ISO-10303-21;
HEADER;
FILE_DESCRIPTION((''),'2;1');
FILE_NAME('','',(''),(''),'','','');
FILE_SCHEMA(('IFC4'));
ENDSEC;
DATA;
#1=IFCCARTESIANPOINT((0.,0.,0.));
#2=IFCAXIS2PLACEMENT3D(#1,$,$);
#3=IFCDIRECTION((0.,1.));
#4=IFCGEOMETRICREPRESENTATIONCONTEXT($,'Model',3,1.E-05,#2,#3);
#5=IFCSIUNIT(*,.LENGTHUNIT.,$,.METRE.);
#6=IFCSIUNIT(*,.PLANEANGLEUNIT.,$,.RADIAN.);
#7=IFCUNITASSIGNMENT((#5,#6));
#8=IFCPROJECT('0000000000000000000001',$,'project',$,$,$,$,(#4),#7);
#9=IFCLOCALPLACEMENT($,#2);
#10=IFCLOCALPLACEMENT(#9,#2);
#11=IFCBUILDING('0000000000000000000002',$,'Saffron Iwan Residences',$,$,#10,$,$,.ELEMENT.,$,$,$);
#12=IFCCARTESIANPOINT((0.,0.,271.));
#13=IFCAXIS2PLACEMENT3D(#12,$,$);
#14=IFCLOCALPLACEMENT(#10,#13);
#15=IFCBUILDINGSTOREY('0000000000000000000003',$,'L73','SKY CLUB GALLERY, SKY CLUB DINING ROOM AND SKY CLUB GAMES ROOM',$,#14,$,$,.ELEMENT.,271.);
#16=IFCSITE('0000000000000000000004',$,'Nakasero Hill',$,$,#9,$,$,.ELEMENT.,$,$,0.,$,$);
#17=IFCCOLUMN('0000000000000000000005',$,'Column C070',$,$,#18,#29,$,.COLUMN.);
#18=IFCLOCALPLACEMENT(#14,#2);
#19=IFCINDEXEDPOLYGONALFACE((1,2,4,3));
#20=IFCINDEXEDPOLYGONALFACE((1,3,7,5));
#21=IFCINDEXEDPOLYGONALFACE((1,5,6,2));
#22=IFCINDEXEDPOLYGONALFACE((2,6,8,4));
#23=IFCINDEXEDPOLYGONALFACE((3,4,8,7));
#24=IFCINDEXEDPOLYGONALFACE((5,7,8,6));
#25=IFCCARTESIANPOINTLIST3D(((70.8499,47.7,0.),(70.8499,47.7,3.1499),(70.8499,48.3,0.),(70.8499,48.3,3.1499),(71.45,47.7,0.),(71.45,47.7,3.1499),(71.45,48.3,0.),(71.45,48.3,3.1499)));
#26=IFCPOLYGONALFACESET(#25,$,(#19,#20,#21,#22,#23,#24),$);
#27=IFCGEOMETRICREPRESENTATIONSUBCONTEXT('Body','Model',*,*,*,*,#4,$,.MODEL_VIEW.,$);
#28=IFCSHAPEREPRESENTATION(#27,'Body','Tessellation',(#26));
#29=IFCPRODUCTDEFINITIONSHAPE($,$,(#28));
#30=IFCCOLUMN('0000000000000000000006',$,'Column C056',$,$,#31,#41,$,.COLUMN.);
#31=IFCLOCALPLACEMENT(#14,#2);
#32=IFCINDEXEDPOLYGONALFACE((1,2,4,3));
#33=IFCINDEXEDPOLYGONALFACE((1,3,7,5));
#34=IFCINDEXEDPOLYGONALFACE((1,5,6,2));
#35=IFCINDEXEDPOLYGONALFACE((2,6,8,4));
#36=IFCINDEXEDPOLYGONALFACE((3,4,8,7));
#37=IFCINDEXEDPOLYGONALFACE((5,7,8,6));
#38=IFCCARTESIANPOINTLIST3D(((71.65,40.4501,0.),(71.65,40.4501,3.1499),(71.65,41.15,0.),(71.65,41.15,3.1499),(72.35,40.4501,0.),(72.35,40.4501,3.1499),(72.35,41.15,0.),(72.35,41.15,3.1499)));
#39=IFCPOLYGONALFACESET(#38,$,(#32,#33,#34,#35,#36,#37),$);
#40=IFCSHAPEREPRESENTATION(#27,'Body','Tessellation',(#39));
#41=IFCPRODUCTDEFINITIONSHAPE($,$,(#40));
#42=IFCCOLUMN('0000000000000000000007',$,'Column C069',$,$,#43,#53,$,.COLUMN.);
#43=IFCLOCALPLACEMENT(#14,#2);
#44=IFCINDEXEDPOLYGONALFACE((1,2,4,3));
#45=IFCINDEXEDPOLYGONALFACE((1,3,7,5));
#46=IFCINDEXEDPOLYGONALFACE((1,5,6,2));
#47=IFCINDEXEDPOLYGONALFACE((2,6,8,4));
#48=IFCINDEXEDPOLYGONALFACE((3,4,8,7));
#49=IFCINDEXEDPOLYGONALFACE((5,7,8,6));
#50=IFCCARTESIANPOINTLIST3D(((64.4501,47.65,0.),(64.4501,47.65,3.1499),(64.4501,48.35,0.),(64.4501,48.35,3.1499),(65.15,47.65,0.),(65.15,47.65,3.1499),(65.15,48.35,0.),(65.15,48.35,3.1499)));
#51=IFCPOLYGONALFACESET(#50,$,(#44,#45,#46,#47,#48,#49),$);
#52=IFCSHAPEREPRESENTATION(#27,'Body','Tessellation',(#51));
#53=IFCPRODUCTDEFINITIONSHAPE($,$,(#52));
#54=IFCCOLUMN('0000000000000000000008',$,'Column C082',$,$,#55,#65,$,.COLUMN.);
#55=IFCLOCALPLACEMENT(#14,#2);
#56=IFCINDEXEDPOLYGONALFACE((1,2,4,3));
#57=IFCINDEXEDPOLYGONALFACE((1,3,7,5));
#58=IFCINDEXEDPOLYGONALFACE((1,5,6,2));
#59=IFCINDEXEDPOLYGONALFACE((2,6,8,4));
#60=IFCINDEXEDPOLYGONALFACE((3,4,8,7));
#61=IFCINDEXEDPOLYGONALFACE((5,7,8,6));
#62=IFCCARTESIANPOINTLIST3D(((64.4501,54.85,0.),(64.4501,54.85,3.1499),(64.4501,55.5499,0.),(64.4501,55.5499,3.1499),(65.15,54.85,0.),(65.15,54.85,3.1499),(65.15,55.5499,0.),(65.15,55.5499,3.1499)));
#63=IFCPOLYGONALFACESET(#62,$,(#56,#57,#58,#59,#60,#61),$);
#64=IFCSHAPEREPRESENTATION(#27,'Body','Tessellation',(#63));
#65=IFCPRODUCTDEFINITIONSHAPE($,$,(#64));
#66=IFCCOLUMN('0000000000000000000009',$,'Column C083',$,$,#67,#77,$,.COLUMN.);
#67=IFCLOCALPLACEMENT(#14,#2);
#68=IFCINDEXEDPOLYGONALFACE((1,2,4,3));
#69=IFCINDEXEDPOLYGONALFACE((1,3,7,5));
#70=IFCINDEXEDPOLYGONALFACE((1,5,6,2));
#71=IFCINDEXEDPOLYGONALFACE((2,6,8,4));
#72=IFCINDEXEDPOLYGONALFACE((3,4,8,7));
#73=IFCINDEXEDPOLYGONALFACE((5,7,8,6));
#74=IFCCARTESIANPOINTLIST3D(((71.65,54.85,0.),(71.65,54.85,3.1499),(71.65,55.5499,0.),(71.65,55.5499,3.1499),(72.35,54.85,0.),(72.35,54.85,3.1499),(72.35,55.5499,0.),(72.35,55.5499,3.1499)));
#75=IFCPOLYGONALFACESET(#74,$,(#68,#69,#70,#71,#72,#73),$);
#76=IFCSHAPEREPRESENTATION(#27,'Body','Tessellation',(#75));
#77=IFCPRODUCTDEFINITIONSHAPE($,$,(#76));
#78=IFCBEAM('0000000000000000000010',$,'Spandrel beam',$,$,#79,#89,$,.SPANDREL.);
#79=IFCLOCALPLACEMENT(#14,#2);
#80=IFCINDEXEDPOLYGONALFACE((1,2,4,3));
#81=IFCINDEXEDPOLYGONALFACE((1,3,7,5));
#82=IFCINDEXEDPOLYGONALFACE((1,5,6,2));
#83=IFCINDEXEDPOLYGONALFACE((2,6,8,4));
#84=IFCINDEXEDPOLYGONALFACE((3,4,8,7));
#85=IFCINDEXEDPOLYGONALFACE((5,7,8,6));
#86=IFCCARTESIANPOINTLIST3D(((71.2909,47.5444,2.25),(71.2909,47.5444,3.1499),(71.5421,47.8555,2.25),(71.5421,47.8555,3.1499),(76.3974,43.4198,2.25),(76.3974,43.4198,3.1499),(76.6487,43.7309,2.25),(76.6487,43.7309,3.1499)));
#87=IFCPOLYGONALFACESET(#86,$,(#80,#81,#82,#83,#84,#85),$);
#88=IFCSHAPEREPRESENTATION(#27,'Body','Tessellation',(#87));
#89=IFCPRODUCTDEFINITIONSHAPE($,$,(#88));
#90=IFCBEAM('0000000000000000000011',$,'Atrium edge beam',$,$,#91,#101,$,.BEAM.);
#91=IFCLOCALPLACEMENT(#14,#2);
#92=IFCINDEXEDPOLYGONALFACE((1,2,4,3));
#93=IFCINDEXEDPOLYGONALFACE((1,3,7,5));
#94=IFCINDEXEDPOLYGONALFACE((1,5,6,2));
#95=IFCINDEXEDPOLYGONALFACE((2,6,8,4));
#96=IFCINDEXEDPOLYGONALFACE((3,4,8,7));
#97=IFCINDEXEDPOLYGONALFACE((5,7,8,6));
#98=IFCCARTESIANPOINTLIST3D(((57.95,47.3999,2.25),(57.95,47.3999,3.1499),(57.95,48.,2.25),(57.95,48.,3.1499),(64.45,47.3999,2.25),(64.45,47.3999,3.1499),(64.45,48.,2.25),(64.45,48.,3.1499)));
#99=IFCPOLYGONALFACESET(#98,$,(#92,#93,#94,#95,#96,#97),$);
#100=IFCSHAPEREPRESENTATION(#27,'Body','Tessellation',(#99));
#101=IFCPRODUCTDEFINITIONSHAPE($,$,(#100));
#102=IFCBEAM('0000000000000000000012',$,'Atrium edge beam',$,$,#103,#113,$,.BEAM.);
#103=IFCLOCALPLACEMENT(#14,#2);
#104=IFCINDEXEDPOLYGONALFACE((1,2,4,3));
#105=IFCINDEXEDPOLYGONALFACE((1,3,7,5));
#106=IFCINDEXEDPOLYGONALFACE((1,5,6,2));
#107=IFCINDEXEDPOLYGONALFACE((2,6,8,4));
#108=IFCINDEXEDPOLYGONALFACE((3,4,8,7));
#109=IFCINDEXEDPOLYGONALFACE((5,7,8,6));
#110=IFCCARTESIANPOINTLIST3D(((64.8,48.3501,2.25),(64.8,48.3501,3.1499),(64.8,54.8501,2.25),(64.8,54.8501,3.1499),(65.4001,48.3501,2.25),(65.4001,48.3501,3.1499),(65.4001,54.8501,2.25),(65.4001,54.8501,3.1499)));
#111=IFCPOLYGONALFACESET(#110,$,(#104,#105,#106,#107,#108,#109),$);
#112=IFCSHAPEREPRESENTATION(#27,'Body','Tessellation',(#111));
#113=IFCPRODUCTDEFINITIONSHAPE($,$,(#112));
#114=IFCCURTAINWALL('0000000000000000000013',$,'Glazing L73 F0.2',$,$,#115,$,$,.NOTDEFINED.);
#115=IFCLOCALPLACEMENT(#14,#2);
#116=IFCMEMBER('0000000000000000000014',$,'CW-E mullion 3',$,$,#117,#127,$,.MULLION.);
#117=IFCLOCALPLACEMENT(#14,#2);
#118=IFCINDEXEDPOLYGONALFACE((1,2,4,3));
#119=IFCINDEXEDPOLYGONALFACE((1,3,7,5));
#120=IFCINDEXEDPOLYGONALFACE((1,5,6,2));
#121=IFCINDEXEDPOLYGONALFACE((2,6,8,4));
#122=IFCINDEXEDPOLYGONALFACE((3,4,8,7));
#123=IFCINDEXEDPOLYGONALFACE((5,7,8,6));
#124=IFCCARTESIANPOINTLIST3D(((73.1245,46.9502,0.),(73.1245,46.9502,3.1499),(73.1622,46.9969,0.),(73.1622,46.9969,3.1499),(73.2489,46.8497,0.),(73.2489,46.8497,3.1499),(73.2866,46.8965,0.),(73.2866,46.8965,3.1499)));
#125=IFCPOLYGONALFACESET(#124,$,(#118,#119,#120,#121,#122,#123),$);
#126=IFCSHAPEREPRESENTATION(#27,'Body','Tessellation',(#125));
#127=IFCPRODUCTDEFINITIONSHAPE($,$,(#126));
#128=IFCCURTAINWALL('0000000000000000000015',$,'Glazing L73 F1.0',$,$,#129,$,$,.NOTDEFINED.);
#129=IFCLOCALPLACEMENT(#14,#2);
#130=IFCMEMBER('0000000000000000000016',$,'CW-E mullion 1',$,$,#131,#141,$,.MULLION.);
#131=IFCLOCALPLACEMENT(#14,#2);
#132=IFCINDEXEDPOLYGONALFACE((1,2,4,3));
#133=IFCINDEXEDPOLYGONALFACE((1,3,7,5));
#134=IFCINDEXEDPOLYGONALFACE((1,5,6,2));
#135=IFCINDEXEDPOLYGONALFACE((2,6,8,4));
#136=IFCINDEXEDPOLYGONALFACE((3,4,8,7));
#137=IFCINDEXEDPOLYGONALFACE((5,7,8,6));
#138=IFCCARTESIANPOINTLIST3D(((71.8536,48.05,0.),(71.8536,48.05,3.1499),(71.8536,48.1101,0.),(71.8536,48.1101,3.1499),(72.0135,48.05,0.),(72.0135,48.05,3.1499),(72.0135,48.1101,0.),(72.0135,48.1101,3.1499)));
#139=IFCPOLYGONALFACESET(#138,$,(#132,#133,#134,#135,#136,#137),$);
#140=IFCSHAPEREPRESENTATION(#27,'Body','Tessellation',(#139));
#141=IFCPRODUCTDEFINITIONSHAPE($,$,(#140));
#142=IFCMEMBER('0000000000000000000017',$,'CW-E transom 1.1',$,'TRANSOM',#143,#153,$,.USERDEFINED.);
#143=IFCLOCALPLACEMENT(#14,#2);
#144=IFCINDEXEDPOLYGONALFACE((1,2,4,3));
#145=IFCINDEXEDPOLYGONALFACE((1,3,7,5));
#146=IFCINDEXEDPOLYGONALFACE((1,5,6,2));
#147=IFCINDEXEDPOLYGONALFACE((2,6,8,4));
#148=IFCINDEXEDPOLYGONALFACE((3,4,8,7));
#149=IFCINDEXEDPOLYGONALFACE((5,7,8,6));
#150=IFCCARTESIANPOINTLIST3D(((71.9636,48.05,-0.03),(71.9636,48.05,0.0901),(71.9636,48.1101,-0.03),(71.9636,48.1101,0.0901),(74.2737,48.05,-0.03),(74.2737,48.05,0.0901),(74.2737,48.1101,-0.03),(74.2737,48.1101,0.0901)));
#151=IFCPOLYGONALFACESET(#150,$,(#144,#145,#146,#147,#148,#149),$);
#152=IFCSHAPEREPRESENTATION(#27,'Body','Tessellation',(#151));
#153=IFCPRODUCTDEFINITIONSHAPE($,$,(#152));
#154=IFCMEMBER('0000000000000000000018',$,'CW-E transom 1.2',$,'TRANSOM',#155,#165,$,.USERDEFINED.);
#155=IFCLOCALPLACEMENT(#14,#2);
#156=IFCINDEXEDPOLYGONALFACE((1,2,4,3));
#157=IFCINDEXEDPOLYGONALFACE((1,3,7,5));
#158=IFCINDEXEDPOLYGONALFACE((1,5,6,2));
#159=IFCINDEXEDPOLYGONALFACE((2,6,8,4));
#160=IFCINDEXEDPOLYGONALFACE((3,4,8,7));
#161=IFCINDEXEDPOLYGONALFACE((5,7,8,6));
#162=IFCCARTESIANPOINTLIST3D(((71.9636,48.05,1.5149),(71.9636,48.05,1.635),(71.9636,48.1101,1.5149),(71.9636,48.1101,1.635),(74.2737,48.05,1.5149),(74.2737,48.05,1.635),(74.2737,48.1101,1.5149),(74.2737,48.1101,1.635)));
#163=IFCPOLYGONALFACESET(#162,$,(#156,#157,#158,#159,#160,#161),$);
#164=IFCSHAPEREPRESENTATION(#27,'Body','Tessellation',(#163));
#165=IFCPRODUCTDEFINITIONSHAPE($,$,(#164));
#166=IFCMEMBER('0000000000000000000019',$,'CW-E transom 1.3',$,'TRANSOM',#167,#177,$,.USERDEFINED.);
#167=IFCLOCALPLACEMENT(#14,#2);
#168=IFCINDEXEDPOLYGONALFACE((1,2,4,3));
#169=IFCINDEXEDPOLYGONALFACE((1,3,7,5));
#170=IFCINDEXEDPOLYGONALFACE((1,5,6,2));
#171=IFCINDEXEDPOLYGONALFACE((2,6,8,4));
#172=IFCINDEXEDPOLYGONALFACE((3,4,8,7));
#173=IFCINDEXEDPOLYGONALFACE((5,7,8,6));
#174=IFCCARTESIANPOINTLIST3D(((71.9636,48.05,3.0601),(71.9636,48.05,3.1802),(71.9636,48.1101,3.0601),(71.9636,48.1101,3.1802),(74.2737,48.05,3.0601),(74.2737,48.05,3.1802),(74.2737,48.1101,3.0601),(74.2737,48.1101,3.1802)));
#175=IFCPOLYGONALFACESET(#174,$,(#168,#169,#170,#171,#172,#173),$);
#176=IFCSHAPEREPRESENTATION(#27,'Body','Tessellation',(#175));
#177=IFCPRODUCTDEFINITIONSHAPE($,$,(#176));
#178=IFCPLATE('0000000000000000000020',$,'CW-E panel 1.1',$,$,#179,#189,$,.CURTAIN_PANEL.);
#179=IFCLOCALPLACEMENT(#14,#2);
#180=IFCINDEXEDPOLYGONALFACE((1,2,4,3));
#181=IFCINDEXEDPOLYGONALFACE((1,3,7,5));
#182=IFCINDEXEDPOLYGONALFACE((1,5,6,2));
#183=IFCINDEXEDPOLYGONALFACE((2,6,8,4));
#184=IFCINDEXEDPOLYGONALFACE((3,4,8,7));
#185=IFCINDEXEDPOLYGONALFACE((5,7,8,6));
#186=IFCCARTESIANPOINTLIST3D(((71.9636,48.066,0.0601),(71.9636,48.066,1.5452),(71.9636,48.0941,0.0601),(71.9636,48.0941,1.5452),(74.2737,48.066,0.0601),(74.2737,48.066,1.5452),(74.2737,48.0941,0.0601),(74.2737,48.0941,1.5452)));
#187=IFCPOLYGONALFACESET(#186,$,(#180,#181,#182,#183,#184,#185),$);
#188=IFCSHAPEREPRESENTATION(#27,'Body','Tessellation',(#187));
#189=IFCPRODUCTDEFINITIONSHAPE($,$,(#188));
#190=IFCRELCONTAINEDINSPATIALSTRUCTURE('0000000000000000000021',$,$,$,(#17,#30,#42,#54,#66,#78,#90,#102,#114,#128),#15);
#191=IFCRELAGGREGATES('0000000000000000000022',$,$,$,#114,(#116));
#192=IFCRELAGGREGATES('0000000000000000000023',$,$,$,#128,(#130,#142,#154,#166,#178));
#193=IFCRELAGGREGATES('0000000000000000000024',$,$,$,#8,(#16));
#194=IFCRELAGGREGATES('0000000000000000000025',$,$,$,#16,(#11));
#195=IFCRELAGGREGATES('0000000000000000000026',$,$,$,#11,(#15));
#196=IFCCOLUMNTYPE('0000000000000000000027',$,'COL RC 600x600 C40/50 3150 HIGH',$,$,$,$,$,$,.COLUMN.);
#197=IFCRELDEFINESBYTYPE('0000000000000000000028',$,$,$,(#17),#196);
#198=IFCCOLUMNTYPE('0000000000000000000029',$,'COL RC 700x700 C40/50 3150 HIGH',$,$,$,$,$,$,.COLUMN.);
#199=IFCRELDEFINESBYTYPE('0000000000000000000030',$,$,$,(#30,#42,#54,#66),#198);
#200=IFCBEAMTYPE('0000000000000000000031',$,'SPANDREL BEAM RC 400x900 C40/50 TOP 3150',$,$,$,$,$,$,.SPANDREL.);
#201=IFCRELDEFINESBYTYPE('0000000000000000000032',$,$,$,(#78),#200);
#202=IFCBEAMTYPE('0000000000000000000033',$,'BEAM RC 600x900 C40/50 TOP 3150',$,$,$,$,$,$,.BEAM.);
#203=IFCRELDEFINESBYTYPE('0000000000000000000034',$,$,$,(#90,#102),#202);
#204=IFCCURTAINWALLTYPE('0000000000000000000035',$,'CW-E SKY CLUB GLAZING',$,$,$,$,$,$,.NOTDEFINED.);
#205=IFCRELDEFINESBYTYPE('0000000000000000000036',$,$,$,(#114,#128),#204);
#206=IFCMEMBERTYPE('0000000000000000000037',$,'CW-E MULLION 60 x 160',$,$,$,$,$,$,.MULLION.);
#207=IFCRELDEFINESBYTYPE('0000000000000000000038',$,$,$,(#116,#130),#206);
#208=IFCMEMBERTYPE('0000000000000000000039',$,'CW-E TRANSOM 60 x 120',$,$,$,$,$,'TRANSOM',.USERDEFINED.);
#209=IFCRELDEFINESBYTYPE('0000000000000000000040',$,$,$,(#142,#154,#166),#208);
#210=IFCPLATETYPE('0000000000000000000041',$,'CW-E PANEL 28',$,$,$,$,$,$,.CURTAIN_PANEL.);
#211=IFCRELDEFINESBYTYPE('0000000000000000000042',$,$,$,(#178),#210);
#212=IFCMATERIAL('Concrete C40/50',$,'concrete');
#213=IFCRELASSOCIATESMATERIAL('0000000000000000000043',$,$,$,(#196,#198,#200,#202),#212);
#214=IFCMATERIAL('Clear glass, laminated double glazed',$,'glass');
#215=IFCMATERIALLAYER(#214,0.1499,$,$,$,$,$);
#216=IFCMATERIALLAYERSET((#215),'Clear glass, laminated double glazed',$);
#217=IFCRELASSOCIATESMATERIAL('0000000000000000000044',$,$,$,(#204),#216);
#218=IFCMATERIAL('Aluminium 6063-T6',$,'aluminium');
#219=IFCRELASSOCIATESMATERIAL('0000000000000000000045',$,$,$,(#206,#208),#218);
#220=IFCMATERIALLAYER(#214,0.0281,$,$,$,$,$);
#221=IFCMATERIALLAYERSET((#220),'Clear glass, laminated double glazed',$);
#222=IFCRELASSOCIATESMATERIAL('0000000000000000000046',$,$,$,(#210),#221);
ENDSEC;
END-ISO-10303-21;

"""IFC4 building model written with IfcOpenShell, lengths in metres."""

from ifc_helpers import new_model, si_unit, direction, frame, origin, origin_2d, place, context, subcontext, project, spatial, rectangle, extrude, source, transform, mapped, material, layer, layer_set, material_profile, profile_set, type_object, element, aggregate, save


model = new_model("IFC4")

# Units and contexts
model_context = context("Model", 3, precision=1e-05, world=origin(), true_north=direction((0.0, 1.0)))
body_context = subcontext(model_context, "Body", "Model", "MODEL_VIEW")
ifc_project = project(units=[si_unit("LENGTHUNIT", "METRE"), si_unit("PLANEANGLEUNIT", "RADIAN")], contexts=[model_context])

# Site, building, storey
site_placement = place(None, origin())
site = spatial("IfcSite", under=ifc_project, at=site_placement, Name="Nakasero Hill", CompositionType="ELEMENT", RefElevation=0.0)
building_placement = place(site_placement, origin())
building = spatial("IfcBuilding", under=site, at=building_placement, Name="Saffron Iwan Residences", CompositionType="ELEMENT")
storey_placement = place(building_placement, frame((0.0, 0.0, 271.0)))
storey = spatial("IfcBuildingStorey", under=building, at=storey_placement, Name="L73", Description="SKY CLUB GALLERY, SKY CLUB DINING ROOM AND SKY CLUB GAMES ROOM", CompositionType="ELEMENT", Elevation=271.0)

# Columns
ifc_material_1 = material(Name="Concrete C40/50", Category="concrete")
ifc_material_profile_1 = material_profile(ifc_material_1, rectangle(XDim=0.6001, YDim=0.6001, at=origin_2d()), Name="RC 600x600")
ifc_profile_set_1 = profile_set([ifc_material_profile_1], Name="Concrete C40/50")
column_type_1 = type_object("IfcColumnType", Name="COL RC 600x600 C40/50 3150 HIGH", PredefinedType="COLUMN", material=ifc_profile_set_1)
shared_shape_1 = source(origin(), body_context, "Body", "SweptSolid", [
    extrude(rectangle(XDim=0.6001, YDim=0.6001, at=origin_2d()), origin(), (0.0, 0.0, 1.0), 3.1499),
])
column_placement = place(storey_placement, frame((71.1499, 48.0, 0.0), z_axis=(0.0, 0.0, 1.0), x_axis=(1.0, 0.0, 0.0)))
element("IfcColumn", 1, at=column_placement, inside=storey, type_object=column_type_1, Name="Column C070", PredefinedType="COLUMN", context=body_context, shape_type="MappedRepresentation", body=[
    mapped(shared_shape_1, transform((0.0, 0.0, 0.0))),
])
ifc_material_profile_2 = material_profile(ifc_material_1, rectangle(XDim=0.7, YDim=0.7, at=origin_2d()), Name="RC 700x700")
ifc_profile_set_2 = profile_set([ifc_material_profile_2], Name="Concrete C40/50")
column_type_2 = type_object("IfcColumnType", Name="COL RC 700x700 C40/50 3150 HIGH", PredefinedType="COLUMN", material=ifc_profile_set_2)
shared_shape_2 = source(origin(), body_context, "Body", "SweptSolid", [
    extrude(rectangle(XDim=0.7, YDim=0.7, at=origin_2d()), origin(), (0.0, 0.0, 1.0), 3.1499),
])
for number, where, z_axis, x_axis, name in (
    (2, (72.0, 40.8, 0.0), (0.0, 0.0, 1.0), (1.0, 0.0, 0.0), "Column C056"),
    (3, (64.8, 48.0, 0.0), (0.0, 0.0, 1.0), (1.0, 0.0, 0.0), "Column C069"),
    (4, (64.8, 55.2, 0.0), (0.0, 0.0, 1.0), (1.0, 0.0, 0.0), "Column C082"),
    (5, (72.0, 55.2, 0.0), (0.0, 0.0, 1.0), (1.0, 0.0, 0.0), "Column C083"),
):
    element("IfcColumn", number, at=place(storey_placement, frame(where, z_axis=z_axis, x_axis=x_axis)), inside=storey, type_object=column_type_2, Name=name, PredefinedType="COLUMN", context=body_context, shape_type="MappedRepresentation", body=[
        mapped(shared_shape_2, transform((0.0, 0.0, 0.0))),
    ])

# Beams
ifc_material_profile_3 = material_profile(ifc_material_1, rectangle(XDim=0.3999, YDim=0.8999, at=origin_2d()), Name="RC 400x900")
ifc_profile_set_3 = profile_set([ifc_material_profile_3], Name="Concrete C40/50")
beam_type_1 = type_object("IfcBeamType", Name="SPANDREL BEAM RC 400x900 C40/50 TOP 3150", PredefinedType="SPANDREL", material=ifc_profile_set_3)
shared_shape_3 = source(origin(), body_context, "Body", "SweptSolid", [
    extrude(rectangle(XDim=0.3999, YDim=0.8999, at=origin_2d()), origin(), (0.0, 0.0, 1.0), 6.5642),
])
beam_placement = place(storey_placement, frame((71.4165, 47.7, 2.7), z_axis=(0.777936, -0.628344, 0.0), x_axis=(0.628344, 0.777936, 0.0)))
element("IfcBeam", 6, at=beam_placement, inside=storey, type_object=beam_type_1, Name="Spandrel beam", PredefinedType="SPANDREL", context=body_context, shape_type="MappedRepresentation", body=[
    mapped(shared_shape_3, transform((0.0, 0.0, 0.0))),
])
ifc_material_profile_4 = material_profile(ifc_material_1, rectangle(XDim=0.6001, YDim=0.8999, at=origin_2d()), Name="RC 600x900")
ifc_profile_set_4 = profile_set([ifc_material_profile_4], Name="Concrete C40/50")
beam_type_2 = type_object("IfcBeamType", Name="BEAM RC 600x900 C40/50 TOP 3150", PredefinedType="BEAM", material=ifc_profile_set_4)
shared_shape_4 = source(origin(), body_context, "Body", "SweptSolid", [
    extrude(rectangle(XDim=0.6001, YDim=0.8999, at=origin_2d()), origin(), (0.0, 0.0, 1.0), 6.5),
])
for number, where, z_axis, x_axis, name in (
    (7, (64.45, 47.7, 2.7), (-1.0, 0.0, 0.0), (0.0, -1.0, 0.0), "Atrium edge beam"),
    (8, (65.1001, 54.8501, 2.7), (0.0, -1.0, 0.0), (1.0, 0.0, 0.0), "Atrium edge beam"),
):
    element("IfcBeam", number, at=place(storey_placement, frame(where, z_axis=z_axis, x_axis=x_axis)), inside=storey, type_object=beam_type_2, Name=name, PredefinedType="BEAM", context=body_context, shape_type="MappedRepresentation", body=[
        mapped(shared_shape_4, transform((0.0, 0.0, 0.0))),
    ])

# Curtain wall, member
ifc_material_2 = material(Name="Clear glass, laminated double glazed", Category="glass")
ifc_layer_1 = layer(ifc_material_2, 0.1499)
ifc_layer_set_1 = layer_set([ifc_layer_1], Name="Clear glass, laminated double glazed")
curtain_wall_type = type_object("IfcCurtainWallType", Name="CW-E SKY CLUB GLAZING", PredefinedType="NOTDEFINED", material=ifc_layer_set_1)
curtain_wall_1_placement = place(storey_placement, origin())
curtain_wall_1 = element("IfcCurtainWall", 9, at=curtain_wall_1_placement, inside=storey, type_object=curtain_wall_type, Name="Glazing L73 F0.2", PredefinedType="NOTDEFINED")
ifc_material_3 = material(Name="Aluminium 6063-T6", Category="aluminium")
ifc_material_profile_5 = material_profile(ifc_material_3, rectangle(XDim=0.0601, YDim=0.1599, at=origin_2d()), Name="CW-E MULLION 60 x 160")
ifc_profile_set_5 = profile_set([ifc_material_profile_5], Name="Aluminium 6063-T6")
member_type_1 = type_object("IfcMemberType", Name="CW-E MULLION 60 x 160", PredefinedType="MULLION", material=ifc_profile_set_5)
shared_shape_5 = source(origin(), body_context, "Body", "SweptSolid", [
    extrude(rectangle(XDim=0.0601, YDim=0.1599, at=origin_2d()), origin(), (0.0, 0.0, 1.0), 3.1499),
])
member_1_placement = place(storey_placement, frame((73.2056, 46.9233, 0.0), z_axis=(0.0, 0.0, 1.0), x_axis=(-0.628337, -0.777941, 0.0)))
member_1 = element("IfcMember", 10, at=member_1_placement, type_object=member_type_1, Name="CW-E mullion 3", PredefinedType="MULLION", context=body_context, shape_type="MappedRepresentation", body=[
    mapped(shared_shape_5, transform((0.0, 0.0, 0.0))),
])
aggregate(curtain_wall_1, [member_1])

# Curtain wall, members, plate
curtain_wall_2_placement = place(storey_placement, origin())
curtain_wall_2 = element("IfcCurtainWall", 11, at=curtain_wall_2_placement, inside=storey, type_object=curtain_wall_type, Name="Glazing L73 F1.0", PredefinedType="NOTDEFINED")
member_2_placement = place(storey_placement, frame((71.9336, 48.0801, 0.0), z_axis=(0.0, 0.0, 1.0), x_axis=(0.0, 1.0, 0.0)))
member_2 = element("IfcMember", 12, at=member_2_placement, type_object=member_type_1, Name="CW-E mullion 1", PredefinedType="MULLION", context=body_context, shape_type="MappedRepresentation", body=[
    mapped(shared_shape_5, transform((0.0, 0.0, 0.0))),
])
ifc_material_profile_6 = material_profile(ifc_material_3, rectangle(XDim=0.0601, YDim=0.1201, at=origin_2d()), Name="CW-E TRANSOM 60 x 120")
ifc_profile_set_6 = profile_set([ifc_material_profile_6], Name="Aluminium 6063-T6")
member_type_2 = type_object("IfcMemberType", Name="CW-E TRANSOM 60 x 120", ElementType="TRANSOM", PredefinedType="USERDEFINED", material=ifc_profile_set_6)
shared_shape_6 = source(origin(), body_context, "Body", "SweptSolid", [
    extrude(rectangle(XDim=0.0601, YDim=0.1201, at=origin_2d()), origin(), (0.0, 0.0, 1.0), 2.3101),
])
member_3_placement = place(storey_placement, frame((71.9636, 48.0801, 0.03), z_axis=(1.0, 0.0, 0.0), x_axis=(0.0, 1.0, 0.0)))
member_3 = element("IfcMember", 13, at=member_3_placement, type_object=member_type_2, Name="CW-E transom 1.1", ObjectType="TRANSOM", PredefinedType="USERDEFINED", context=body_context, shape_type="MappedRepresentation", body=[
    mapped(shared_shape_6, transform((0.0, 0.0, 0.0))),
])
member_4_placement = place(storey_placement, frame((71.9636, 48.0801, 1.575), z_axis=(1.0, 0.0, 0.0), x_axis=(0.0, 1.0, 0.0)))
member_4 = element("IfcMember", 14, at=member_4_placement, type_object=member_type_2, Name="CW-E transom 1.2", ObjectType="TRANSOM", PredefinedType="USERDEFINED", context=body_context, shape_type="MappedRepresentation", body=[
    mapped(shared_shape_6, transform((0.0, 0.0, 0.0))),
])
member_5_placement = place(storey_placement, frame((71.9636, 48.0801, 3.1201), z_axis=(1.0, 0.0, 0.0), x_axis=(0.0, 1.0, 0.0)))
member_5 = element("IfcMember", 15, at=member_5_placement, type_object=member_type_2, Name="CW-E transom 1.3", ObjectType="TRANSOM", PredefinedType="USERDEFINED", context=body_context, shape_type="MappedRepresentation", body=[
    mapped(shared_shape_6, transform((0.0, 0.0, 0.0))),
])
ifc_layer_2 = layer(ifc_material_2, 0.0281)
ifc_layer_set_2 = layer_set([ifc_layer_2], Name="Clear glass, laminated double glazed")
plate_type = type_object("IfcPlateType", Name="CW-E PANEL 28", PredefinedType="CURTAIN_PANEL", material=ifc_layer_set_2)
shared_shape_7 = source(origin(), body_context, "Body", "SweptSolid", [
    extrude(rectangle(XDim=2.3101, YDim=0.0281, at=origin_2d()), origin(), (0.0, 0.0, 1.0), 1.4851),
])
plate_1_placement = place(storey_placement, frame((73.1187, 48.0801, 0.0601), z_axis=(0.0, 0.0, 1.0), x_axis=(1.0, 0.0, 0.0)))
plate_1 = element("IfcPlate", 16, at=plate_1_placement, type_object=plate_type, Name="CW-E panel 1.1", PredefinedType="CURTAIN_PANEL", context=body_context, shape_type="MappedRepresentation", body=[
    mapped(shared_shape_7, transform((0.0, 0.0, 0.0))),
])
aggregate(curtain_wall_2, [member_2, member_3, member_4, member_5, plate_1])

save(model, "model.ifc")
